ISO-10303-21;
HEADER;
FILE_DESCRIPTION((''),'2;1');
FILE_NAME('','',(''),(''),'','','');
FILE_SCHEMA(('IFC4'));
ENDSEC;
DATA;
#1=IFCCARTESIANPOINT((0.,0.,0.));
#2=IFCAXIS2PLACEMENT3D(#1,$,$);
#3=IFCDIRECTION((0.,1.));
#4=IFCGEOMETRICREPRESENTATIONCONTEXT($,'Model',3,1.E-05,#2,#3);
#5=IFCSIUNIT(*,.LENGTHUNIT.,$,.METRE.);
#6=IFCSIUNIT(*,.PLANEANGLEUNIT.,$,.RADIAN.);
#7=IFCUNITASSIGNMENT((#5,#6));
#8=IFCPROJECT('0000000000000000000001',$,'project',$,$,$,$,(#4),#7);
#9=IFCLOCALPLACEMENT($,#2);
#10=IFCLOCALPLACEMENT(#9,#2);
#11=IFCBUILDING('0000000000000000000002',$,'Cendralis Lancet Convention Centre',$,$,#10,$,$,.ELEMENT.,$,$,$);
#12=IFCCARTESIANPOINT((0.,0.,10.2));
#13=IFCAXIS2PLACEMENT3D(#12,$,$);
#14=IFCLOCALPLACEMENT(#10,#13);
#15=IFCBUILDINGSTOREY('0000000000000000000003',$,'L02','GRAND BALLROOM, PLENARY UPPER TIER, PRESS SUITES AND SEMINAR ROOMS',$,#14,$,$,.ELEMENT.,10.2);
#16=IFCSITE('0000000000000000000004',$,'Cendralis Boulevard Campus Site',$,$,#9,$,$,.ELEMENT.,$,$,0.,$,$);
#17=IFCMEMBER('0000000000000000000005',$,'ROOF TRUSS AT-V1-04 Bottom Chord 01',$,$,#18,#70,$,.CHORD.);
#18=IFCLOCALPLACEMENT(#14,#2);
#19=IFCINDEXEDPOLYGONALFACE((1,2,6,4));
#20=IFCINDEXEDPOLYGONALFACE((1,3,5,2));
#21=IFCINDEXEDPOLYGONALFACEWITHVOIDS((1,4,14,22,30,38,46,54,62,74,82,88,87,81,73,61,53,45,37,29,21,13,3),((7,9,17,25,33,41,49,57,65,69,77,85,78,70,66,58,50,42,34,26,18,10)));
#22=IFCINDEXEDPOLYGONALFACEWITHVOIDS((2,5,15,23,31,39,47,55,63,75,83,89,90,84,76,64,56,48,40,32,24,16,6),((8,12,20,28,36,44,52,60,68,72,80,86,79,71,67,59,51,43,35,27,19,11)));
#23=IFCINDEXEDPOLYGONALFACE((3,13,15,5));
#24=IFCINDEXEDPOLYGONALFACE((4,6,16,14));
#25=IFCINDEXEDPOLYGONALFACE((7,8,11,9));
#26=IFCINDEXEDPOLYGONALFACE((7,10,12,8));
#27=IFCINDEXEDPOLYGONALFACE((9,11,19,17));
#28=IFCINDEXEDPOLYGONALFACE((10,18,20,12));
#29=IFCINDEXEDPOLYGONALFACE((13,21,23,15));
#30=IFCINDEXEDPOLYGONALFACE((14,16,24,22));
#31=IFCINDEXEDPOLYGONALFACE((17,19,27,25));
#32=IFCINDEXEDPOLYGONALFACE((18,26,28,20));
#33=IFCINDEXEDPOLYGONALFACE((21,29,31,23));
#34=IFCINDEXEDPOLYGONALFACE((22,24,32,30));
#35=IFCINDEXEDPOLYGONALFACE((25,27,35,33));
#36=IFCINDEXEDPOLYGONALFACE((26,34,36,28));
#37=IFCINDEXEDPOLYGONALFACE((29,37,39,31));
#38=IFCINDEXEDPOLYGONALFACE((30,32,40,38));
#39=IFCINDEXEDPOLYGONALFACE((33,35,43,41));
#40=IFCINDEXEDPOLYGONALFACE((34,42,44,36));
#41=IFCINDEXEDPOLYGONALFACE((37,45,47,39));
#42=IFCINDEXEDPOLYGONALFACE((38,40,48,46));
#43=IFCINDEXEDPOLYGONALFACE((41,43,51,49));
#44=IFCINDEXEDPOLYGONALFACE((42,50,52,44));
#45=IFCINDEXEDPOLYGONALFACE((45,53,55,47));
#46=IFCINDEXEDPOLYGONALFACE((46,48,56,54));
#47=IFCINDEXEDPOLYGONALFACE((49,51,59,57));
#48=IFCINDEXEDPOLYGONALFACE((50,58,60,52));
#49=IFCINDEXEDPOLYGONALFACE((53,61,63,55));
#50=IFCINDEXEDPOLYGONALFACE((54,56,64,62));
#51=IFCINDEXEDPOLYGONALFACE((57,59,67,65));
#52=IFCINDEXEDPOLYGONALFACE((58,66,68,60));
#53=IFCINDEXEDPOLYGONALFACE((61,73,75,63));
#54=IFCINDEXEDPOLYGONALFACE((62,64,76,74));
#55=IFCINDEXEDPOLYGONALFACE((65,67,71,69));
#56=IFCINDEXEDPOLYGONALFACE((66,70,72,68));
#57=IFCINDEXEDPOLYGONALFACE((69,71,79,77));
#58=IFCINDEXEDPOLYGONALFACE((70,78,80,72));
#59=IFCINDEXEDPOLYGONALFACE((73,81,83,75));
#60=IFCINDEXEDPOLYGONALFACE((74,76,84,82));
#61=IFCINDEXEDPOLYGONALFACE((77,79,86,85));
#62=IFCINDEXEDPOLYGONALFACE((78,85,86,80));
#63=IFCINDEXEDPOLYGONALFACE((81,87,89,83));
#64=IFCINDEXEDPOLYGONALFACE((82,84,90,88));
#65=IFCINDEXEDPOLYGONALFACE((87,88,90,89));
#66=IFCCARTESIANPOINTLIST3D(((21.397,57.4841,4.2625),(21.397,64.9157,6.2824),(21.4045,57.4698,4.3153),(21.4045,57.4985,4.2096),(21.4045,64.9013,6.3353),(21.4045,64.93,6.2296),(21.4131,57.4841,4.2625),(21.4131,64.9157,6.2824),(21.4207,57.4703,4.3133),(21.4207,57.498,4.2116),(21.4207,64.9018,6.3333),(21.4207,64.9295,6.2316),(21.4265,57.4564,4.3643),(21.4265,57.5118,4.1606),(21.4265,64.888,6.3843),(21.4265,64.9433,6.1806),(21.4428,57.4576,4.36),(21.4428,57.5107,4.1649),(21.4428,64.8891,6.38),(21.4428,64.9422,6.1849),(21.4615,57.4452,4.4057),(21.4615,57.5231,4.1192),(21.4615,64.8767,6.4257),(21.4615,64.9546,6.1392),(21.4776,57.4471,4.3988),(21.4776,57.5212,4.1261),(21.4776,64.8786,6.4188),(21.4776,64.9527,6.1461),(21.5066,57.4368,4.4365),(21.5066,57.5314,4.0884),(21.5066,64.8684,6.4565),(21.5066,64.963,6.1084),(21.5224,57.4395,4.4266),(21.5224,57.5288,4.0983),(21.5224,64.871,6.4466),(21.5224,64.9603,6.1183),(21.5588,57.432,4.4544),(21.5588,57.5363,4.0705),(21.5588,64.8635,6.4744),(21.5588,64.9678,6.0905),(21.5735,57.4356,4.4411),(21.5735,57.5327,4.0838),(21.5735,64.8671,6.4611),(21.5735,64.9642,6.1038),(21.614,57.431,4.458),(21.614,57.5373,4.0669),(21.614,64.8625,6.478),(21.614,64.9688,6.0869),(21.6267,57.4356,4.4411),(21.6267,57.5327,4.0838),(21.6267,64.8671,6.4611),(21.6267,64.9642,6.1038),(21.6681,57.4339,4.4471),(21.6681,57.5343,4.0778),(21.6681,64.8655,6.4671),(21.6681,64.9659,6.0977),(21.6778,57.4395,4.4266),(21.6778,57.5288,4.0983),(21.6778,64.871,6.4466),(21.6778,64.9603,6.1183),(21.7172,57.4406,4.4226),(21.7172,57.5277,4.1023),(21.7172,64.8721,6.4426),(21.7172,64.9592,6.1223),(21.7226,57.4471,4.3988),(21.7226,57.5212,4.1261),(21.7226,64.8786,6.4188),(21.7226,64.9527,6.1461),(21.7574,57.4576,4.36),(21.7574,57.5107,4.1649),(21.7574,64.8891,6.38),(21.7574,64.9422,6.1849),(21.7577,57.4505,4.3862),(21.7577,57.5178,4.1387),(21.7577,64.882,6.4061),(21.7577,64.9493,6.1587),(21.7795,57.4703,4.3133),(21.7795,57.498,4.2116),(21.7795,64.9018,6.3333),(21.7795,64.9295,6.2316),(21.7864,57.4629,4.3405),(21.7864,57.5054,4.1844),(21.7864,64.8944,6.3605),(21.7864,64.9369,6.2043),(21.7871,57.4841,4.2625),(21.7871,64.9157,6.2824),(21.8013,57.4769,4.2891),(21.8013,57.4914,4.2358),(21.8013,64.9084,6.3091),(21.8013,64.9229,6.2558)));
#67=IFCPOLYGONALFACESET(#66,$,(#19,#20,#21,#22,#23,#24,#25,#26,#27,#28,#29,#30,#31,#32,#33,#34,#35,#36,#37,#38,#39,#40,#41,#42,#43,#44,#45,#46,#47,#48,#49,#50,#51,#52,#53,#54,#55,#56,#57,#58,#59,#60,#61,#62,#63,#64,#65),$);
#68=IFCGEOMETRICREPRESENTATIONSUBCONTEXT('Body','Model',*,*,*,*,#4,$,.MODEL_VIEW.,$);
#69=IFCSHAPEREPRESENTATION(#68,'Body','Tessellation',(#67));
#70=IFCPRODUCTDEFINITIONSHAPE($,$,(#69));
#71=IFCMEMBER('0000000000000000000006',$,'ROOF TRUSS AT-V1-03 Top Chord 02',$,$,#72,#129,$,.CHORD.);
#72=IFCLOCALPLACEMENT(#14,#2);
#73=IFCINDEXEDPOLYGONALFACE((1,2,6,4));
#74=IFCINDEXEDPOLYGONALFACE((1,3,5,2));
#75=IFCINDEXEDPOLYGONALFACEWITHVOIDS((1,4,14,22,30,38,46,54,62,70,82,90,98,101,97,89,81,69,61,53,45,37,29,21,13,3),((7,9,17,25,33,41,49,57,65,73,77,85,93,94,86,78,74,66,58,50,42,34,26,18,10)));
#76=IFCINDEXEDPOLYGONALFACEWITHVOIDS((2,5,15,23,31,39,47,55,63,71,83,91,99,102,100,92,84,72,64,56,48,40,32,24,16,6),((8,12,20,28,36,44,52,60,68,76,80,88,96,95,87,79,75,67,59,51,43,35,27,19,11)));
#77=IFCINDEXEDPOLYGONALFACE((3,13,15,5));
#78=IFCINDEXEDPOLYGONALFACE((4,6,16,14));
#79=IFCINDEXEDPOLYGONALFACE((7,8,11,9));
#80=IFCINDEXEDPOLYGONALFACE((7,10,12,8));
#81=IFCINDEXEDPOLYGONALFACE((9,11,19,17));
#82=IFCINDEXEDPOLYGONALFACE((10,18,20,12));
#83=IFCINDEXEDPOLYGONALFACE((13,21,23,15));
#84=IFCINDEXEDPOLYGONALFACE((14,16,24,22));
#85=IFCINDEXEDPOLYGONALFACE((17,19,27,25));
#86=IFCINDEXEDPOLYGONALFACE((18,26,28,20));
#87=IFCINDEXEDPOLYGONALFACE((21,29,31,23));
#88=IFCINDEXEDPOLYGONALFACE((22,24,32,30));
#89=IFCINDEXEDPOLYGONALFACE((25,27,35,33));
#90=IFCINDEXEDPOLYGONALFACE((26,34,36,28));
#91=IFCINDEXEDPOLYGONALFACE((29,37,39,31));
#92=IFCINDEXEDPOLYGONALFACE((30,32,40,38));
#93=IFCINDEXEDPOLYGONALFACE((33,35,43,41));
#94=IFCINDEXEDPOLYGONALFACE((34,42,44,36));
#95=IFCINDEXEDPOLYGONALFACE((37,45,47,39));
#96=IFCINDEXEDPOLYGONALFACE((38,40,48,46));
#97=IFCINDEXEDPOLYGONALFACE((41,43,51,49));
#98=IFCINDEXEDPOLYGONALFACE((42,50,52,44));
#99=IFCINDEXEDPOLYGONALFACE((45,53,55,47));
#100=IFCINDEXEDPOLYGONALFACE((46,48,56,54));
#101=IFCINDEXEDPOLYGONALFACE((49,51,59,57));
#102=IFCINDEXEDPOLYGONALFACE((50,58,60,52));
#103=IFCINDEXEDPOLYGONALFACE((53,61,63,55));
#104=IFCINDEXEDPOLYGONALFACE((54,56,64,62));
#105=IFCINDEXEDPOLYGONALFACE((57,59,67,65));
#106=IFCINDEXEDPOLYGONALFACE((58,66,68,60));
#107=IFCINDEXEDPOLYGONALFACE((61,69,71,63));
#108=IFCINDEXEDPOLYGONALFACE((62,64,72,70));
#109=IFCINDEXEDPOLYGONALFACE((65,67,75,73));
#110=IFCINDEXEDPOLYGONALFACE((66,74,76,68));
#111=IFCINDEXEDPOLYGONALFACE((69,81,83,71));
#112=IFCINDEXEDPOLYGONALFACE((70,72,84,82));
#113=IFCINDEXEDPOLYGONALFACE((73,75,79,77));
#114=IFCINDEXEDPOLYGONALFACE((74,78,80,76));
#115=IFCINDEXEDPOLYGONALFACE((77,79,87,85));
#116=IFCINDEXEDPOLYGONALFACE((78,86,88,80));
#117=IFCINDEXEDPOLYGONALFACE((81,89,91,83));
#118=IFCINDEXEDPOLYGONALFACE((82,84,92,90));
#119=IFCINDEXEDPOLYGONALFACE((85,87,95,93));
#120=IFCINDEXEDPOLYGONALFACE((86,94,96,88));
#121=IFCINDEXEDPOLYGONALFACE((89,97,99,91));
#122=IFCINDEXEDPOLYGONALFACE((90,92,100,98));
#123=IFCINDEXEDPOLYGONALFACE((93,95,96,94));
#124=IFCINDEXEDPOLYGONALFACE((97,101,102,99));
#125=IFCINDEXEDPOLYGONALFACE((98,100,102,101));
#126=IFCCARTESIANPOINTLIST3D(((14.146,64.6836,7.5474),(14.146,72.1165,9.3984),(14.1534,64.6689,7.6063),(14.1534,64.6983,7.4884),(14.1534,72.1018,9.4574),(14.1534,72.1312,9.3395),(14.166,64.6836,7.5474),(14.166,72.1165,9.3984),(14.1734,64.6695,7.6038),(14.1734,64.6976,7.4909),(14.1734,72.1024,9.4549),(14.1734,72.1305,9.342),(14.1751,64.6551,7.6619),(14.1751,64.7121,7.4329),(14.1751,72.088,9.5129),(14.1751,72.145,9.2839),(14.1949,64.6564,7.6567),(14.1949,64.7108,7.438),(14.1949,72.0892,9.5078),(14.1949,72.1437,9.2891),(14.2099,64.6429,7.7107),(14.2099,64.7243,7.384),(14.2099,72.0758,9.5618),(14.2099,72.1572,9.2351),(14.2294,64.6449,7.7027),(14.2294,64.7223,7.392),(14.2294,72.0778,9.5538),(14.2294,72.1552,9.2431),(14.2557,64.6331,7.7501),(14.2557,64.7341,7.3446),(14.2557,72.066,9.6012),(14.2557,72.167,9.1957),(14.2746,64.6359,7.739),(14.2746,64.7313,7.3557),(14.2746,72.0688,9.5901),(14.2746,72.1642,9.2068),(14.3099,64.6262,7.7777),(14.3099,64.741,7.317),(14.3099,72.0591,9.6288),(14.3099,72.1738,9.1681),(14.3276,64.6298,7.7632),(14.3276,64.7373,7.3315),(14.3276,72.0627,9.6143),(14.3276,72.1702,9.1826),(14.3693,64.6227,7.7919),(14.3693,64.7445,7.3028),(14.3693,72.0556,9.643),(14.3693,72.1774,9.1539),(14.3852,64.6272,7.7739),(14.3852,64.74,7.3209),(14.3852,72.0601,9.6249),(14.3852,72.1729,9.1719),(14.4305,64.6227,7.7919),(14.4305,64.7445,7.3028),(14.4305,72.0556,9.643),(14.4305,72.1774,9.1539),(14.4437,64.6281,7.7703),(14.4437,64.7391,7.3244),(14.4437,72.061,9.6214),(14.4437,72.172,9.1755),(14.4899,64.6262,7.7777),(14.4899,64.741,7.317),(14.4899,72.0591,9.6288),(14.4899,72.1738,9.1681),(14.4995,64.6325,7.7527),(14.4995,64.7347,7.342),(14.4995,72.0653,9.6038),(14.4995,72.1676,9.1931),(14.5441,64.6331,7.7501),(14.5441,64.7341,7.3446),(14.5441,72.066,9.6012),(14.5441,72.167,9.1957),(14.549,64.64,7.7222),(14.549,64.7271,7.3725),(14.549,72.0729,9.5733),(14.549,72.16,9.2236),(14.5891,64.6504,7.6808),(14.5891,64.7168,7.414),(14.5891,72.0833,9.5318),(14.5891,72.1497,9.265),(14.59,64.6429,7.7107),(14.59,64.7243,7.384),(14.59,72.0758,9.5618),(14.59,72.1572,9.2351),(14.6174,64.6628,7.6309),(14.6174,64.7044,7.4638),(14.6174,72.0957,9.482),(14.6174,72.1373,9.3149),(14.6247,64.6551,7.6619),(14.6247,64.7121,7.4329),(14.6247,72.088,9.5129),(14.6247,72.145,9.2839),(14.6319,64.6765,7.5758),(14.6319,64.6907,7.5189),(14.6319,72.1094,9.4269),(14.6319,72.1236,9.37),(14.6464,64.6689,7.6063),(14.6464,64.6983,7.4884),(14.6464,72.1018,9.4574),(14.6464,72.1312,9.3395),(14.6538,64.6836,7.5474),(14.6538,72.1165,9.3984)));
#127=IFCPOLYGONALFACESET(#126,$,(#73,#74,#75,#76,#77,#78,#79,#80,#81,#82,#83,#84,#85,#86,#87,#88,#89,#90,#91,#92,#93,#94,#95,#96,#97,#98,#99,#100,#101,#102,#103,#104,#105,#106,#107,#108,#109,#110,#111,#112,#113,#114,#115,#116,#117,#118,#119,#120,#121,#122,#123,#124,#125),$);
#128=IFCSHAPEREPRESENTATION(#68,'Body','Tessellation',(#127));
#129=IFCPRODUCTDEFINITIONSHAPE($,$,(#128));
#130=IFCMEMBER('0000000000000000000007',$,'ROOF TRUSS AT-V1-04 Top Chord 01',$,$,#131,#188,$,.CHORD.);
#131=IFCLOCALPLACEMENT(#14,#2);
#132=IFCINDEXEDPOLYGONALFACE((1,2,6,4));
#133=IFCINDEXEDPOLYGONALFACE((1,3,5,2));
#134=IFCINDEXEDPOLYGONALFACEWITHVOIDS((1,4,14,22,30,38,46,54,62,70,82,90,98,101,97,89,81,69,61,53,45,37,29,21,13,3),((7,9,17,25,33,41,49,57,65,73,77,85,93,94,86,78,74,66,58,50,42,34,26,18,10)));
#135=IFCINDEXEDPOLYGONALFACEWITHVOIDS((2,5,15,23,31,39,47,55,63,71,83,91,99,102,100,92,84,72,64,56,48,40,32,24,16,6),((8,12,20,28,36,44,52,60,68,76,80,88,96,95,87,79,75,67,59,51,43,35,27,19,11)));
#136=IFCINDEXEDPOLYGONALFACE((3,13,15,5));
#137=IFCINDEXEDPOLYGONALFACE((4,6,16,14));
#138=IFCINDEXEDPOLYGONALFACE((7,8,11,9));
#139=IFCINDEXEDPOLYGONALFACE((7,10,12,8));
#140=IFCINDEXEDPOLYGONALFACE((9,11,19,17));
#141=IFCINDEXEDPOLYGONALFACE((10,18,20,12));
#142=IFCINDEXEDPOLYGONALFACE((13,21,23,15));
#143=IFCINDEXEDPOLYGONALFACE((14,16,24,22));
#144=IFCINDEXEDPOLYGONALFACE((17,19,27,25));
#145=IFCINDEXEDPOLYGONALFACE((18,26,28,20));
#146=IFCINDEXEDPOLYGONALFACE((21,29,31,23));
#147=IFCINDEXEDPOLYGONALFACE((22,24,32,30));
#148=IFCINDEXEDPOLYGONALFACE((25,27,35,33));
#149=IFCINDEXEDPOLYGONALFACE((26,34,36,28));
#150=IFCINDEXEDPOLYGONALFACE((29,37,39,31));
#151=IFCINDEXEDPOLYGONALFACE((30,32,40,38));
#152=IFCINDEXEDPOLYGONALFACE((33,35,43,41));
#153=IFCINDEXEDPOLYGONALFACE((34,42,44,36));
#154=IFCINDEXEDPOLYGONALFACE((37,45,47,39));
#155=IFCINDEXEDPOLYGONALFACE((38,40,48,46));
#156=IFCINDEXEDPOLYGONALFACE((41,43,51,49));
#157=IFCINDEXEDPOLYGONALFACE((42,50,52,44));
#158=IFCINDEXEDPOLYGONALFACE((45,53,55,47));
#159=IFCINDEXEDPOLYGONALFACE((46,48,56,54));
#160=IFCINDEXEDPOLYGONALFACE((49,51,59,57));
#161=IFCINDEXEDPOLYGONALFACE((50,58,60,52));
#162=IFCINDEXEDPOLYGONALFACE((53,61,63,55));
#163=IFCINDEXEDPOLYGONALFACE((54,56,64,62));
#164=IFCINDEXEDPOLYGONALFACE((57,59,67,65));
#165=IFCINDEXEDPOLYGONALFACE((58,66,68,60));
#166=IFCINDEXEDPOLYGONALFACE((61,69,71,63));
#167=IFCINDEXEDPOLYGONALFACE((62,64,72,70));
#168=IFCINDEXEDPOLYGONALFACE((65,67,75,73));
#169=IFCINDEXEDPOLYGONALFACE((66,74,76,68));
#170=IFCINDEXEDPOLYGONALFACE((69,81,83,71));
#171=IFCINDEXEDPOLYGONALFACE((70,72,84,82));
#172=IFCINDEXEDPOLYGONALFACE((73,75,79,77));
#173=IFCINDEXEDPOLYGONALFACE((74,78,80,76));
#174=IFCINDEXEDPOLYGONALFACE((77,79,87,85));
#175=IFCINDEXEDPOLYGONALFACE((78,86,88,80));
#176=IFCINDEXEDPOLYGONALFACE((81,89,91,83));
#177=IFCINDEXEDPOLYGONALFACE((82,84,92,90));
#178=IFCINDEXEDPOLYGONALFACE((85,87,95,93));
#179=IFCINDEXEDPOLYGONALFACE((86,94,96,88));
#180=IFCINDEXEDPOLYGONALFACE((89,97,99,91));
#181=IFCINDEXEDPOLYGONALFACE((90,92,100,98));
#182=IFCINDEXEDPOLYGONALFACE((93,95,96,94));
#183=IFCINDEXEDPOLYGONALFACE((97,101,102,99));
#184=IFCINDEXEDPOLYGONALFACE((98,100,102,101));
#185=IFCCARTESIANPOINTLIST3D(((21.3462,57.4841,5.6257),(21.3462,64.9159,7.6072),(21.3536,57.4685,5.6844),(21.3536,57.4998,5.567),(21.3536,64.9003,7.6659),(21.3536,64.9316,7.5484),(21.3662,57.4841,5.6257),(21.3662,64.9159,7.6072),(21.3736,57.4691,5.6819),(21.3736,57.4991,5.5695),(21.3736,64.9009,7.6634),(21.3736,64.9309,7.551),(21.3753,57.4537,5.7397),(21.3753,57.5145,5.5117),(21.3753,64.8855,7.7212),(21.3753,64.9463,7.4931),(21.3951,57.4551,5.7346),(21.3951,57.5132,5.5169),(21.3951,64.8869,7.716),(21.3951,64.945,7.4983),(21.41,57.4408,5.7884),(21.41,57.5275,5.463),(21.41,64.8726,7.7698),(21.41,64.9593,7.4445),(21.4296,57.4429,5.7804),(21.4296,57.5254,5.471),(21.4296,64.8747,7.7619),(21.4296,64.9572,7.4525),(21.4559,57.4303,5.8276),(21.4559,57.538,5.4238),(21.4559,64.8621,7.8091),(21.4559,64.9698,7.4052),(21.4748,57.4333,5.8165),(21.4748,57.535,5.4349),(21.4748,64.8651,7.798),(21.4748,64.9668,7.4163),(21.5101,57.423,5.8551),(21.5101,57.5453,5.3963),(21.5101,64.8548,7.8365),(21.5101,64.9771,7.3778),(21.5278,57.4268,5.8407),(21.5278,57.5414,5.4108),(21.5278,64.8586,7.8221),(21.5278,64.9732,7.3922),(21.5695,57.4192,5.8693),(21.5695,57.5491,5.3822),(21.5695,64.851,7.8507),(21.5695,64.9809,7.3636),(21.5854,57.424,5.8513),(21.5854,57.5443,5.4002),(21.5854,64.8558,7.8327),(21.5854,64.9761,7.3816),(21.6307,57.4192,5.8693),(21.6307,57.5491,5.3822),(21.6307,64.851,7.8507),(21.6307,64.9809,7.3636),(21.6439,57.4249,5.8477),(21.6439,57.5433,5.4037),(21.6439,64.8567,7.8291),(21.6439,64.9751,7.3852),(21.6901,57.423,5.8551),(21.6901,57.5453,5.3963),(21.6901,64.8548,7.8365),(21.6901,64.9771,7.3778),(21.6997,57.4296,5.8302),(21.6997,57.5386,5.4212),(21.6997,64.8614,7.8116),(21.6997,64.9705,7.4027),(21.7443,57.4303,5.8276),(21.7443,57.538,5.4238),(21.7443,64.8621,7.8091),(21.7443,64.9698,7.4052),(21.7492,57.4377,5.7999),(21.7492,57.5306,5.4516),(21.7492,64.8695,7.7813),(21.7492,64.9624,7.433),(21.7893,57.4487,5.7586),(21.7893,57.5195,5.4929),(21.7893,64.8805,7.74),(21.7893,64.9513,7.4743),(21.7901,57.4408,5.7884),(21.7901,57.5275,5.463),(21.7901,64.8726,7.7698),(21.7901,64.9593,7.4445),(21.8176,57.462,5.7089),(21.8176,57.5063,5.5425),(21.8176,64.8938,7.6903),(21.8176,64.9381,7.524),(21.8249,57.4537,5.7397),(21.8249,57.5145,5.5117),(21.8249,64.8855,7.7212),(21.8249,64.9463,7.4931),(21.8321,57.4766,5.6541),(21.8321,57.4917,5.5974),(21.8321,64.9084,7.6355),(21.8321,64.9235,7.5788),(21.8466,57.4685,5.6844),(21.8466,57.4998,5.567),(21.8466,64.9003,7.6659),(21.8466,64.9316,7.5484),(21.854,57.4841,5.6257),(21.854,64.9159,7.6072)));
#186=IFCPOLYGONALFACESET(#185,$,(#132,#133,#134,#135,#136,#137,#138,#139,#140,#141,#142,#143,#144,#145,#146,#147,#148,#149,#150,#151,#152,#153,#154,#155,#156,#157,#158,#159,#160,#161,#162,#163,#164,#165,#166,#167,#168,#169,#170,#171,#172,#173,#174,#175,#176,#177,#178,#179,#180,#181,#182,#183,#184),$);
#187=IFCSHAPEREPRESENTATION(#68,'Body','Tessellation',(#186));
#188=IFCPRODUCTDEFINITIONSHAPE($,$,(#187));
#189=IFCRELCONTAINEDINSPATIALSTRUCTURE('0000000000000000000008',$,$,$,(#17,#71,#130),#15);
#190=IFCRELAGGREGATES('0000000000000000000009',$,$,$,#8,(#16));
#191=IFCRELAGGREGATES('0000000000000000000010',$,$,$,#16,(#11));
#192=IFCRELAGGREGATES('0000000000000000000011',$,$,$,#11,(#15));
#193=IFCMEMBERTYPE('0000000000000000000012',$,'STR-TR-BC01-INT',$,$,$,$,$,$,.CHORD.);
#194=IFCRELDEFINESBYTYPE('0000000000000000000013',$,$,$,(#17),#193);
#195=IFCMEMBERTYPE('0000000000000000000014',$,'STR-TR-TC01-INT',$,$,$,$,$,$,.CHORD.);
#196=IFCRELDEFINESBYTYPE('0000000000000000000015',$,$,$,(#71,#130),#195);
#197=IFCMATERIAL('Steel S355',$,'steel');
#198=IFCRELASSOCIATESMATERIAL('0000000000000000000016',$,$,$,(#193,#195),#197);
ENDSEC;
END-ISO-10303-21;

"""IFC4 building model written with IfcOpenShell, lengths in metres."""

from ifc_helpers import new_model, si_unit, direction, frame, origin, origin_2d, place, context, subcontext, project, spatial, hollow_circle, extrude, material, material_profile, profile_set, type_object, element, save


model = new_model("IFC4")

# Units and contexts
model_context = context("Model", 3, precision=1e-05, world=origin(), true_north=direction((0.0, 1.0)))
body_context = subcontext(model_context, "Body", "Model", "MODEL_VIEW")
ifc_project = project(units=[si_unit("LENGTHUNIT", "METRE"), si_unit("PLANEANGLEUNIT", "RADIAN")], contexts=[model_context])

# Site, building, storey
site_placement = place(None, origin())
site = spatial("IfcSite", under=ifc_project, at=site_placement, Name="Cendralis Boulevard Campus Site", CompositionType="ELEMENT", RefElevation=0.0)
building_placement = place(site_placement, origin())
building = spatial("IfcBuilding", under=site, at=building_placement, Name="Cendralis Lancet Convention Centre", CompositionType="ELEMENT")
storey_placement = place(building_placement, frame((0.0, 0.0, 10.2)))
storey = spatial("IfcBuildingStorey", under=building, at=storey_placement, Name="L02", Description="GRAND BALLROOM, PLENARY UPPER TIER, PRESS SUITES AND SEMINAR ROOMS", CompositionType="ELEMENT", Elevation=10.2)

# Members
ifc_material = material(Name="Steel S355", Category="steel")
ifc_material_profile_1 = material_profile(ifc_material, hollow_circle(Radius=0.2031, WallThickness=0.0161, at=origin_2d()), Name="CHS 406.4x16.0")
ifc_profile_set_1 = profile_set([ifc_material_profile_1], Name="Steel S355")
member_type_1 = type_object("IfcMemberType", Name="STR-TR-BC01-INT", PredefinedType="CHORD", material=ifc_profile_set_1)
member_1_placement = place(storey_placement, frame((21.6001, 57.4841, 4.2625), z_axis=(0.0, 0.964987, 0.262296), x_axis=(-1.0, 0.0, 0.0)))
element("IfcMember", 1, at=member_1_placement, inside=storey, type_object=member_type_1, Name="ROOF TRUSS AT-V1-04 Bottom Chord 01", PredefinedType="CHORD", context=body_context, shape_type="SweptSolid", body=[
    extrude(hollow_circle(Radius=0.2031, WallThickness=0.0161, at=origin_2d()), origin(), (0.0, 0.0, 1.0), 7.7012),
])
ifc_material_profile_2 = material_profile(ifc_material, hollow_circle(Radius=0.2539, WallThickness=0.02, at=origin_2d()), Name="CHS 508.0x20.0")
ifc_profile_set_2 = profile_set([ifc_material_profile_2], Name="Steel S355")
member_type_2 = type_object("IfcMemberType", Name="STR-TR-TC01-INT", PredefinedType="CHORD", material=ifc_profile_set_2)
member_2_placement = place(storey_placement, frame((14.3999, 64.6836, 7.5474), z_axis=(0.0, 0.970361, 0.241658), x_axis=(-1.0, 0.0, 0.0)))
element("IfcMember", 2, at=member_2_placement, inside=storey, type_object=member_type_2, Name="ROOF TRUSS AT-V1-03 Top Chord 02", PredefinedType="CHORD", context=body_context, shape_type="SweptSolid", body=[
    extrude(hollow_circle(Radius=0.2539, WallThickness=0.02, at=origin_2d()), origin(), (0.0, 0.0, 1.0), 7.6599),
])
member_3_placement = place(storey_placement, frame((21.6001, 57.4841, 5.6257), z_axis=(0.0, 0.966248, 0.257615), x_axis=(-1.0, 0.0, 0.0)))
element("IfcMember", 3, at=member_3_placement, inside=storey, type_object=member_type_2, Name="ROOF TRUSS AT-V1-04 Top Chord 01", PredefinedType="CHORD", context=body_context, shape_type="SweptSolid", body=[
    extrude(hollow_circle(Radius=0.2539, WallThickness=0.02, at=origin_2d()), origin(), (0.0, 0.0, 1.0), 7.6914),
])

save(model, "model.ifc")
